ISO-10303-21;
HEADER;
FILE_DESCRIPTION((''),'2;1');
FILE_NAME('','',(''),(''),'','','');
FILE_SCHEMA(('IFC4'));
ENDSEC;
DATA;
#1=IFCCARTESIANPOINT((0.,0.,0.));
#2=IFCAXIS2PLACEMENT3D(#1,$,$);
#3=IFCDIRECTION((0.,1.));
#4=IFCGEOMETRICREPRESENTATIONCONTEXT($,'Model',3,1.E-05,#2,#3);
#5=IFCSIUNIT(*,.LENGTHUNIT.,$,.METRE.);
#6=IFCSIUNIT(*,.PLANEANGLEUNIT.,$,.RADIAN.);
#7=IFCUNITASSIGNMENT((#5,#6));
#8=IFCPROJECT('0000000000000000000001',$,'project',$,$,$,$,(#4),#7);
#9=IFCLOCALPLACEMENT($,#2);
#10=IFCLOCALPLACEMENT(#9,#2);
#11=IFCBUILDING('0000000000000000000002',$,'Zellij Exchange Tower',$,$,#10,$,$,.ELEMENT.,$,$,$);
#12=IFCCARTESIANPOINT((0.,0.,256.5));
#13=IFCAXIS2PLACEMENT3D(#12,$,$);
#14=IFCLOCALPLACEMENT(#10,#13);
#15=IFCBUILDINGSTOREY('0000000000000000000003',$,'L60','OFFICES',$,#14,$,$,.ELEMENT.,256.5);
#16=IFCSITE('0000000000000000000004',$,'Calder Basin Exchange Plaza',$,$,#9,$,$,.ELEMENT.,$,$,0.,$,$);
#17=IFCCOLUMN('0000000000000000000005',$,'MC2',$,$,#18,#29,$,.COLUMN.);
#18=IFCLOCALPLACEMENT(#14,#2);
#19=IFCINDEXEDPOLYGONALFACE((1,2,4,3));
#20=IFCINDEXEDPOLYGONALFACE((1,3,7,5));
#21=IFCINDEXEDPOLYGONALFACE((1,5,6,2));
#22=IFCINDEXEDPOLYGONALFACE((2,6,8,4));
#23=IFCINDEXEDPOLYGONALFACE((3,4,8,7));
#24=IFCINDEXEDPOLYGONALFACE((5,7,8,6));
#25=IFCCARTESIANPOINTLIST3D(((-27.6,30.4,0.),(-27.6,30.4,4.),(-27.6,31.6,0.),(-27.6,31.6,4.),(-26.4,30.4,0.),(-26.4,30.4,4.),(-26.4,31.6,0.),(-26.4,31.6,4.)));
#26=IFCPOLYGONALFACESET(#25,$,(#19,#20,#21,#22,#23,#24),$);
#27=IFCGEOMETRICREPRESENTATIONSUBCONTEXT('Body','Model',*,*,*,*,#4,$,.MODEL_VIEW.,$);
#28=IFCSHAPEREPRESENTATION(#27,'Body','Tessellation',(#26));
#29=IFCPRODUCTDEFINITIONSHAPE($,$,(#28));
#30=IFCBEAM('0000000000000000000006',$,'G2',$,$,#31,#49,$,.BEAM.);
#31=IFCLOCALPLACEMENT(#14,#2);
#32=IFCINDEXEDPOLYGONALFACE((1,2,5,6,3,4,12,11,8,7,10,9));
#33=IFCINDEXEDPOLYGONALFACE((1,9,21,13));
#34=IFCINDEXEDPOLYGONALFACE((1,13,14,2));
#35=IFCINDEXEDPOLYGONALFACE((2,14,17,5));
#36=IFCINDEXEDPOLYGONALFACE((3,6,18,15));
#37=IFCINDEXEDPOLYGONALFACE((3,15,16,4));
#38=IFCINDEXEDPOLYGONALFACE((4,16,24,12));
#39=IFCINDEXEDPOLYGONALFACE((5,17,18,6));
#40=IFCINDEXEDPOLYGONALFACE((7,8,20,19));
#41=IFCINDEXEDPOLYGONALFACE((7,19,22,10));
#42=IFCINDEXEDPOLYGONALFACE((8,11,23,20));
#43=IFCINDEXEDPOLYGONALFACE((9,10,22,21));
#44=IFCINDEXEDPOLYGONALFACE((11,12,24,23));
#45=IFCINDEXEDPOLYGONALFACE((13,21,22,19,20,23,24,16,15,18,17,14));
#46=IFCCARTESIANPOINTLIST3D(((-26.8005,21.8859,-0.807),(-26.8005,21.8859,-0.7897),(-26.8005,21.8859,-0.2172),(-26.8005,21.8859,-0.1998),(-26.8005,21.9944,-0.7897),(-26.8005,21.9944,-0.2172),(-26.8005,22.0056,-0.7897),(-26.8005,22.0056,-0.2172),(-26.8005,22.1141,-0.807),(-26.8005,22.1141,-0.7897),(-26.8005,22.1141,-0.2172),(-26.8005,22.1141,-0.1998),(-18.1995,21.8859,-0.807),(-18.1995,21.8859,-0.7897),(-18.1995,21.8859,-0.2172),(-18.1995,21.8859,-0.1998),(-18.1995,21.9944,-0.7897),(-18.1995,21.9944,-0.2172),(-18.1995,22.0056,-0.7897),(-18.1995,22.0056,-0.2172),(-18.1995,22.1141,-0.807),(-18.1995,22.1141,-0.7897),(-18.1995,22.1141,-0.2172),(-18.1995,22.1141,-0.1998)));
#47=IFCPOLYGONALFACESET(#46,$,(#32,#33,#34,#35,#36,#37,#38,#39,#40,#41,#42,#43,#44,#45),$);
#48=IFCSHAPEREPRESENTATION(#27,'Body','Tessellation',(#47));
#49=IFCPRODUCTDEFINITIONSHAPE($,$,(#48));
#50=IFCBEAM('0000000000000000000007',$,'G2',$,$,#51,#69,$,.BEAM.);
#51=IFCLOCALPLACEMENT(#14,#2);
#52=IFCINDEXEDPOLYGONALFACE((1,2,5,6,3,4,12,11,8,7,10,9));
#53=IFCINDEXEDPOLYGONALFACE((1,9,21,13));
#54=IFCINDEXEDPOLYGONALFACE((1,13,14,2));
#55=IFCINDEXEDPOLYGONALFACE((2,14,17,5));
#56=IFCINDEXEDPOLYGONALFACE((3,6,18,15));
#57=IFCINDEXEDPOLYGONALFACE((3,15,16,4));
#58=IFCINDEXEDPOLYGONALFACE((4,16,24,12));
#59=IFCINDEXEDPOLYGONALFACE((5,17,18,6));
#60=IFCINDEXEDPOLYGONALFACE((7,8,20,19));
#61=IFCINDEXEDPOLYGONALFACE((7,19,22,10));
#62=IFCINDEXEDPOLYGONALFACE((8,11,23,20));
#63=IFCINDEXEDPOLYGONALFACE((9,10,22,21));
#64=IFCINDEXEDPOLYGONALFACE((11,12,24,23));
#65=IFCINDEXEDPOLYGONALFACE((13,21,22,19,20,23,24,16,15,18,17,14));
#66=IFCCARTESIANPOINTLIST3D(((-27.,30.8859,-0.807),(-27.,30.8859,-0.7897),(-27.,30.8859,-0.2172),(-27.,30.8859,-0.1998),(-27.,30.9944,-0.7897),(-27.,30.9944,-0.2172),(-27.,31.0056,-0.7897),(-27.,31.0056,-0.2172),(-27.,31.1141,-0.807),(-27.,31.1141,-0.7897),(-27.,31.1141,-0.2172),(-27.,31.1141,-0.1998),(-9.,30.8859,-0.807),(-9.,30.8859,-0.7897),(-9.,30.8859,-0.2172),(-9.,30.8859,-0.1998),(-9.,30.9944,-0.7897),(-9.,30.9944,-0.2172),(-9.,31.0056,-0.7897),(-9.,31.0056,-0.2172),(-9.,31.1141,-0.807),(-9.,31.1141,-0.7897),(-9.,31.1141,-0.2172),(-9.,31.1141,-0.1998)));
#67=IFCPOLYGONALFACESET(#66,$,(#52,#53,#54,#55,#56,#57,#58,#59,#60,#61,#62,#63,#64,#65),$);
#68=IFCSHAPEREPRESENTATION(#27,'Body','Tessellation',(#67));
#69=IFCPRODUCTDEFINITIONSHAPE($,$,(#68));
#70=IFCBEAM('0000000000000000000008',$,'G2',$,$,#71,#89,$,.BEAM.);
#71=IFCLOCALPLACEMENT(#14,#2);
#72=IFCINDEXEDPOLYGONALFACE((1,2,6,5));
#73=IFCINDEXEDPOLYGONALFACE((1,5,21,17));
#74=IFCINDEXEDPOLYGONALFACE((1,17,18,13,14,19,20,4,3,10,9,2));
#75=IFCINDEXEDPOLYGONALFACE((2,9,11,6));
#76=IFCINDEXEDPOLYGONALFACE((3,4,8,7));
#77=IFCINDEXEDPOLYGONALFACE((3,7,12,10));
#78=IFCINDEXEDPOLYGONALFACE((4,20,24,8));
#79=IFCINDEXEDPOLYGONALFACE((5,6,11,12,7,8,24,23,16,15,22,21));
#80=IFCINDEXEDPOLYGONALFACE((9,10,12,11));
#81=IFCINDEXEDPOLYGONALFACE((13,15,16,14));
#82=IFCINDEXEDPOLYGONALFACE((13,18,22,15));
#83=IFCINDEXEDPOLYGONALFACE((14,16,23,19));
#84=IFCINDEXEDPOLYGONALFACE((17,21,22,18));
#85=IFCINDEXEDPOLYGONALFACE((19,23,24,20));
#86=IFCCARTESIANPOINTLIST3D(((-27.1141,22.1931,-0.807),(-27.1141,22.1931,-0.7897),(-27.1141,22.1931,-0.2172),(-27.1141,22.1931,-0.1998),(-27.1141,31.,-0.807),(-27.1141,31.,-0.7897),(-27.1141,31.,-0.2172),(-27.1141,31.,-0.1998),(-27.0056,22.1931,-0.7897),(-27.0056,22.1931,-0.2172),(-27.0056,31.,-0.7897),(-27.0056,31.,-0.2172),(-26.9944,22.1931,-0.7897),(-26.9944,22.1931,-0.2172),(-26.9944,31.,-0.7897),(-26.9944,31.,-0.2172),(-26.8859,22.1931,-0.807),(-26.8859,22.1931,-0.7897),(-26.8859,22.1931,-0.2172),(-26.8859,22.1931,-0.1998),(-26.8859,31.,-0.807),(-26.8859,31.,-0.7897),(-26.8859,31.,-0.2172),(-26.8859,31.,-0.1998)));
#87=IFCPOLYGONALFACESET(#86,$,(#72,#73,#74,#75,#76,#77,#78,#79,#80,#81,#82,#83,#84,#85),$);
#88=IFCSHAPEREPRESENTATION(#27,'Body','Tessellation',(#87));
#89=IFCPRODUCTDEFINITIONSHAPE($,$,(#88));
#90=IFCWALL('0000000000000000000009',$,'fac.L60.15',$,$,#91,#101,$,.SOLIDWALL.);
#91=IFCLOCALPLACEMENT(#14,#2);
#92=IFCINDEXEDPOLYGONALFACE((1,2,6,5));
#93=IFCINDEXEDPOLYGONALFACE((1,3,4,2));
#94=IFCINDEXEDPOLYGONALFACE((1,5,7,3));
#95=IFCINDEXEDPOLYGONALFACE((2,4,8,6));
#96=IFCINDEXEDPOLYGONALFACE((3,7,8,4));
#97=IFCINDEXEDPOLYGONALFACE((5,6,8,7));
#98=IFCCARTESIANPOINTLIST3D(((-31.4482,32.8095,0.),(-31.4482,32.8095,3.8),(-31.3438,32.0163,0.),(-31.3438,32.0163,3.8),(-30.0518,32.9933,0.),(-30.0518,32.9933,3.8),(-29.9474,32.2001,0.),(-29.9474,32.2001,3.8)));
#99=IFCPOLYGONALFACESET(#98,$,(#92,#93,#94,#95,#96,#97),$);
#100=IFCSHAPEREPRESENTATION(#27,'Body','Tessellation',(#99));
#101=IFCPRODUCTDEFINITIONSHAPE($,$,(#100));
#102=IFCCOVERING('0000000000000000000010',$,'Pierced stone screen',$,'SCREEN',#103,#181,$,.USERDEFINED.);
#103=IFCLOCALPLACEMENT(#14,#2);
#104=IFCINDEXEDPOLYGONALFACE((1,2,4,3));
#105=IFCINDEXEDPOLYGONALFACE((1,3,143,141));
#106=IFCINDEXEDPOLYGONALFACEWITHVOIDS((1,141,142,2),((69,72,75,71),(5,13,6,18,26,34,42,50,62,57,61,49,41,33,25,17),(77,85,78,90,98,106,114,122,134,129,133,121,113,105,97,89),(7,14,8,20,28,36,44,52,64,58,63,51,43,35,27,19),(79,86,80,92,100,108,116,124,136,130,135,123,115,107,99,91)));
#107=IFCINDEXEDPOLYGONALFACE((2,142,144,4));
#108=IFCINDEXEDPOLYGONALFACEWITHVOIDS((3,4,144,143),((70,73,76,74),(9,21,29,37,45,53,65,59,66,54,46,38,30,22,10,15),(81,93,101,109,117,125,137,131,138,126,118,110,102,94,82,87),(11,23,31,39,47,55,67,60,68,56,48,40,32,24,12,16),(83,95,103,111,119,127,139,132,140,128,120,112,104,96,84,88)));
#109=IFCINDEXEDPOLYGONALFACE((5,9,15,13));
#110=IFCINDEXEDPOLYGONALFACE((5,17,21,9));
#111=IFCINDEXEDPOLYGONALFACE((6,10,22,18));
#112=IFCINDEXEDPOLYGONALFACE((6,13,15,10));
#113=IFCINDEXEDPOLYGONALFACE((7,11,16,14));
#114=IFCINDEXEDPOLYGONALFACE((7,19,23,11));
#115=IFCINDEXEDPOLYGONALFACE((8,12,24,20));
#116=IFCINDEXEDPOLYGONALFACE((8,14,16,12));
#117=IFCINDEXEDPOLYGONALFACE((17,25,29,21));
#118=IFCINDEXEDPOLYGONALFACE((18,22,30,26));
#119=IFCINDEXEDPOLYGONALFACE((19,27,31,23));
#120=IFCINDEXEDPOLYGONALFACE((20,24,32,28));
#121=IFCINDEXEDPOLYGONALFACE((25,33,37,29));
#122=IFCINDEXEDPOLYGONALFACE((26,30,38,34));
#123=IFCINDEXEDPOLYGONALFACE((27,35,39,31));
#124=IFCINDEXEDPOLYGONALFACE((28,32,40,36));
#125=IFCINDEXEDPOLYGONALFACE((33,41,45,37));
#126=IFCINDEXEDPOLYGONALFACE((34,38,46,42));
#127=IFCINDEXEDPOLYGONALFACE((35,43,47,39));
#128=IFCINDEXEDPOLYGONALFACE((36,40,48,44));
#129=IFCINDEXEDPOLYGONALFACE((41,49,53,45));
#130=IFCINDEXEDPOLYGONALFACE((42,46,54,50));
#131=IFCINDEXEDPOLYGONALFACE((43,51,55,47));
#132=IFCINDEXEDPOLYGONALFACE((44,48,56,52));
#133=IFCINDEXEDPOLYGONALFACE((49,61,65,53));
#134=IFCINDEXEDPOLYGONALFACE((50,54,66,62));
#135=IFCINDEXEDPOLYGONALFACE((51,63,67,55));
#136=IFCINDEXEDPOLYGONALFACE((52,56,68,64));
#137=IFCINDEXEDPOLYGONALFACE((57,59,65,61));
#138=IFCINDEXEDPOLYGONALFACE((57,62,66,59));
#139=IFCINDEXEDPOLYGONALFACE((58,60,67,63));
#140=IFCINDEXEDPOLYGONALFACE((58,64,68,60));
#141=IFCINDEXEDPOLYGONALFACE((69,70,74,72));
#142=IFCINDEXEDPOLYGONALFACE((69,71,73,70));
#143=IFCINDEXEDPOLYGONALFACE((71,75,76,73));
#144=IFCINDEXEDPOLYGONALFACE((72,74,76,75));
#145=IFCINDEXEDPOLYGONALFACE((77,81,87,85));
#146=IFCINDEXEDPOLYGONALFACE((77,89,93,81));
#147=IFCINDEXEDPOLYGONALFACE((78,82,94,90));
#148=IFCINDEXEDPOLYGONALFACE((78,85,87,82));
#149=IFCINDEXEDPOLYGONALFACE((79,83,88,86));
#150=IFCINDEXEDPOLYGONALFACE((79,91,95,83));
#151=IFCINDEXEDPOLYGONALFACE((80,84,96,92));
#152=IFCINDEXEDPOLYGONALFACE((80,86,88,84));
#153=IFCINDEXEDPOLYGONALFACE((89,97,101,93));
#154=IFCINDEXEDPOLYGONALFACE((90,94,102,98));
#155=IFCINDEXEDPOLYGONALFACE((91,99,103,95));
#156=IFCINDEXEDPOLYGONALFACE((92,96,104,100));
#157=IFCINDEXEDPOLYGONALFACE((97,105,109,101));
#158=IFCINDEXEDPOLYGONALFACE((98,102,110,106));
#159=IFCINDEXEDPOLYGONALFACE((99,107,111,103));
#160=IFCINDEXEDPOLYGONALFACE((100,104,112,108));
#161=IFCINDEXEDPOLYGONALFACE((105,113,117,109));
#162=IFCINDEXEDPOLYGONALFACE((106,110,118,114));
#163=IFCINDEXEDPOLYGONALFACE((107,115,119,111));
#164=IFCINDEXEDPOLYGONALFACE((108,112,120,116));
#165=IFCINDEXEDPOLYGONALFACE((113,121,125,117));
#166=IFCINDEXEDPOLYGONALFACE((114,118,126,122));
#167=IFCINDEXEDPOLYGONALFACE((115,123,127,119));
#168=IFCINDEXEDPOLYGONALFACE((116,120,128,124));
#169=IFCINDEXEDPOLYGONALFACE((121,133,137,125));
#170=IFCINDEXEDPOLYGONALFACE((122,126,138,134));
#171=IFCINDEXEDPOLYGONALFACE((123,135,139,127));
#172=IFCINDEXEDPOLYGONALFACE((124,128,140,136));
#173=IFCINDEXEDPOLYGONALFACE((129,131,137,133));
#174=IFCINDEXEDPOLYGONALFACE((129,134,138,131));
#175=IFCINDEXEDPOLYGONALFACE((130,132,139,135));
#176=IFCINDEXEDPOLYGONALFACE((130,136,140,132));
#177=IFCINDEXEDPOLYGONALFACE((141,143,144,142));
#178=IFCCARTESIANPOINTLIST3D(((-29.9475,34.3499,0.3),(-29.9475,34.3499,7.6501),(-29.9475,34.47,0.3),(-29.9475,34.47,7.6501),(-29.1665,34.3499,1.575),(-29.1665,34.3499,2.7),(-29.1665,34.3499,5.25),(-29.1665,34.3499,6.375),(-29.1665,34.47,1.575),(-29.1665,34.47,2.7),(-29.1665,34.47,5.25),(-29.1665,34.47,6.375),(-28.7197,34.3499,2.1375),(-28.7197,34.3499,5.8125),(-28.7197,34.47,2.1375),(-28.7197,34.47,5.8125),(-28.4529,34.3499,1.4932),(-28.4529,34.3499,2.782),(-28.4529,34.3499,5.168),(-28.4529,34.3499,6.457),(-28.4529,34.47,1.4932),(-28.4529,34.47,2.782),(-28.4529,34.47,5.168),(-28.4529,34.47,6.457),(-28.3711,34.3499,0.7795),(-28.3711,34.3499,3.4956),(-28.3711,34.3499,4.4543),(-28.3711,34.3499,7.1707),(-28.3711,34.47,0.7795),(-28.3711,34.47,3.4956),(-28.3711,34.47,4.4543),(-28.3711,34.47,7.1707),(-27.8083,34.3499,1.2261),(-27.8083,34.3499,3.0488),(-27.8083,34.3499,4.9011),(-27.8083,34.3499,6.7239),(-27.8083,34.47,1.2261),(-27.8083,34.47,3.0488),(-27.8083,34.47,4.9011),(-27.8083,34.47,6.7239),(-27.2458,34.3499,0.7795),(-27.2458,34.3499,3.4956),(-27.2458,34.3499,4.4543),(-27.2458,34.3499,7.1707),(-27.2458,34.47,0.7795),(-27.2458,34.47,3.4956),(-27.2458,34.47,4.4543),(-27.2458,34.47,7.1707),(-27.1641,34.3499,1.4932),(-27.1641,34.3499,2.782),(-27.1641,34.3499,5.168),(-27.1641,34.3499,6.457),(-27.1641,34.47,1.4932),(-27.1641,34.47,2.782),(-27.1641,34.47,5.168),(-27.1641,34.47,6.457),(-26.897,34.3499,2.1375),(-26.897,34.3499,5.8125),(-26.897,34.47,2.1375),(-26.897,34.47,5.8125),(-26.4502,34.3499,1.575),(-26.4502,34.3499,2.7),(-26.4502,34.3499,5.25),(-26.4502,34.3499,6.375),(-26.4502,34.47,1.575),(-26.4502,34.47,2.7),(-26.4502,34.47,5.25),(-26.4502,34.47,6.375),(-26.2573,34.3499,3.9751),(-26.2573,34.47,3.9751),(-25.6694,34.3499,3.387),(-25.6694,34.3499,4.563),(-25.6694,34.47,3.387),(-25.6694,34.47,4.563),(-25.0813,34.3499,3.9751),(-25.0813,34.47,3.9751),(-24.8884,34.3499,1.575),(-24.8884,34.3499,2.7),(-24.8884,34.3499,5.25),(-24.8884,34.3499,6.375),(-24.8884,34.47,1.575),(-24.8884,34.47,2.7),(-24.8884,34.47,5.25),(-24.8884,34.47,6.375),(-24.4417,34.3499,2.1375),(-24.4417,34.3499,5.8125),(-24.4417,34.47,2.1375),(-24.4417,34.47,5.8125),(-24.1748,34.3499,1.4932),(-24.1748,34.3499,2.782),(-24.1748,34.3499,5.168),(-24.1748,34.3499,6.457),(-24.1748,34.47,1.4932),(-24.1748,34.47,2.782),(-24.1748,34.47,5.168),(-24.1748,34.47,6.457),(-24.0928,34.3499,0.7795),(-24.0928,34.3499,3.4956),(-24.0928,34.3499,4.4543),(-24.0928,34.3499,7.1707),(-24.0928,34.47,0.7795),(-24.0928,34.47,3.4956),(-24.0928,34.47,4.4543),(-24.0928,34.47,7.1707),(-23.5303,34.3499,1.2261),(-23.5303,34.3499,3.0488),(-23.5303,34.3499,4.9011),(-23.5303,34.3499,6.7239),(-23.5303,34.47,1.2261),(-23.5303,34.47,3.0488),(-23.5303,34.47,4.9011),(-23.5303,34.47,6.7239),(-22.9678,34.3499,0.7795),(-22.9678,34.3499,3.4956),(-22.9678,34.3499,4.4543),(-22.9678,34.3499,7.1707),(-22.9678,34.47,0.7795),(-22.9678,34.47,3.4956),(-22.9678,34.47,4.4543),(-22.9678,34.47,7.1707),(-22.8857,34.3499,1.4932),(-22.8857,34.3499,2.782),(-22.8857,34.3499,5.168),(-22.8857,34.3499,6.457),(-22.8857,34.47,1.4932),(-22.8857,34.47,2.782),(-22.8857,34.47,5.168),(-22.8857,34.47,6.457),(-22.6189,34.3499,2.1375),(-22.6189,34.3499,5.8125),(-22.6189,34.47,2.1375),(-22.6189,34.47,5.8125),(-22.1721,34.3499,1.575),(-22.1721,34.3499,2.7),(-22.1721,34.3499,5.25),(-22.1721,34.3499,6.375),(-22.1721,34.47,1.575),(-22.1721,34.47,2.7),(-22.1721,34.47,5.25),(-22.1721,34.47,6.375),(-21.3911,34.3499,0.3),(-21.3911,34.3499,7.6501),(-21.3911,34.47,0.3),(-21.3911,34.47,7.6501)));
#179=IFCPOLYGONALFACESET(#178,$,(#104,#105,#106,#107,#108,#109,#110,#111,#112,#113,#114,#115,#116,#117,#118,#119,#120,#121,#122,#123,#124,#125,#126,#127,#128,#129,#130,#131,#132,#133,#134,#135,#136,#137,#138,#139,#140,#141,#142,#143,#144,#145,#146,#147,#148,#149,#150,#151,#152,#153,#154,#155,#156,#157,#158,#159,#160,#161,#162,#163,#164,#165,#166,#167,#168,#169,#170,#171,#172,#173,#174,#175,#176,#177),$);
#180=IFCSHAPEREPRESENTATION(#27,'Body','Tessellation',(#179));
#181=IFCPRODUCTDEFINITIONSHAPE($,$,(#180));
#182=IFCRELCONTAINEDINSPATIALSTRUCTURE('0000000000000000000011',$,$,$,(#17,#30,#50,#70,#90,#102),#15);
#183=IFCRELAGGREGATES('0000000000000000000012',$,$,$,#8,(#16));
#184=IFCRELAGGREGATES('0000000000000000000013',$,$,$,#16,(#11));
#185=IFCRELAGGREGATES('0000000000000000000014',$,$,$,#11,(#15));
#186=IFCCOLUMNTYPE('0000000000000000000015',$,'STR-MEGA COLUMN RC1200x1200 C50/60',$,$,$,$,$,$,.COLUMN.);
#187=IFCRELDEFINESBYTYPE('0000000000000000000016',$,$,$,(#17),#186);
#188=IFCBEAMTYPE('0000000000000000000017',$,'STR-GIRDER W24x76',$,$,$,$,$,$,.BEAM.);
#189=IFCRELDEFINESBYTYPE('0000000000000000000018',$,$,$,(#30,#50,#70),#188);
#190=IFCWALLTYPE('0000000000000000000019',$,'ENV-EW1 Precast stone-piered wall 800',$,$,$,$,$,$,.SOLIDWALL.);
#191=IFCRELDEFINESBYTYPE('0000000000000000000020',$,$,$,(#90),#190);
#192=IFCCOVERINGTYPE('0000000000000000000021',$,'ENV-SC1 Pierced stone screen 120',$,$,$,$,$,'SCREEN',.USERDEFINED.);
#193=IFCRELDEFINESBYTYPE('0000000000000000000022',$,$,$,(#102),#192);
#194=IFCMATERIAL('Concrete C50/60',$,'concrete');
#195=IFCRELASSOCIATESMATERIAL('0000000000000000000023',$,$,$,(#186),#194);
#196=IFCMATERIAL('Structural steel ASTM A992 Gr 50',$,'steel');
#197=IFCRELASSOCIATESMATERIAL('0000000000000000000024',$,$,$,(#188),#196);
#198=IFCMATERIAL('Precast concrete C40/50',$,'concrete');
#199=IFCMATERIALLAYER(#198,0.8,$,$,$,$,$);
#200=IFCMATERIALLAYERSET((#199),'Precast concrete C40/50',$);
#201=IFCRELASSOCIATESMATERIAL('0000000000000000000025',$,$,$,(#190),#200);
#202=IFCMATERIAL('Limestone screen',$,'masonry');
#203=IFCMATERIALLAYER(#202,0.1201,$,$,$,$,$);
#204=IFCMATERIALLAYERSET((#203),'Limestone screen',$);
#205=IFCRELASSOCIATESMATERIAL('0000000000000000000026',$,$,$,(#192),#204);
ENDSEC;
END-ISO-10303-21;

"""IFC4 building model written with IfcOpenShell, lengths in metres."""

from ifc_helpers import new_model, si_unit, direction, frame, frame_2d, origin, origin_2d, place, context, subcontext, project, spatial, polyline, rectangle, i_section, outline, extrude, material, layer, layer_set, material_profile, profile_set, type_object, element, save


model = new_model("IFC4")

# Units and contexts
model_context = context("Model", 3, precision=1e-05, world=origin(), true_north=direction((0.0, 1.0)))
body_context = subcontext(model_context, "Body", "Model", "MODEL_VIEW")
ifc_project = project(units=[si_unit("LENGTHUNIT", "METRE"), si_unit("PLANEANGLEUNIT", "RADIAN")], contexts=[model_context])

# Site, building, storey
site_placement = place(None, origin())
site = spatial("IfcSite", under=ifc_project, at=site_placement, Name="Calder Basin Exchange Plaza", CompositionType="ELEMENT", RefElevation=0.0)
building_placement = place(site_placement, origin())
building = spatial("IfcBuilding", under=site, at=building_placement, Name="Zellij Exchange Tower", CompositionType="ELEMENT")
storey_placement = place(building_placement, frame((0.0, 0.0, 256.5)))
storey = spatial("IfcBuildingStorey", under=building, at=storey_placement, Name="L60", Description="OFFICES", CompositionType="ELEMENT", Elevation=256.5)

# Column
ifc_material_1 = material(Name="Concrete C50/60", Category="concrete")
ifc_material_profile_1 = material_profile(ifc_material_1, rectangle(XDim=1.2, YDim=1.2, at=origin_2d()), Name="STR-MEGA COLUMN RC1200x1200 C50/60")
ifc_profile_set_1 = profile_set([ifc_material_profile_1], Name="Concrete C50/60")
column_type = type_object("IfcColumnType", Name="STR-MEGA COLUMN RC1200x1200 C50/60", PredefinedType="COLUMN", material=ifc_profile_set_1)
column_placement = place(storey_placement, frame((-27.0, 31.0, 0.0), z_axis=(0.0, 0.0, 1.0), x_axis=(1.0, 0.0, 0.0)))
element("IfcColumn", 1, at=column_placement, inside=storey, type_object=column_type, Name="MC2", PredefinedType="COLUMN", context=body_context, shape_type="SweptSolid", body=[
    extrude(rectangle(XDim=1.2, YDim=1.2, at=origin_2d()), origin(), (0.0, 0.0, 1.0), 4.0),
])

# Beams
ifc_material_2 = material(Name="Structural steel ASTM A992 Gr 50", Category="steel")
ifc_material_profile_2 = material_profile(ifc_material_2, i_section(OverallWidth=0.2283, OverallDepth=0.6072, WebThickness=0.0112, FlangeThickness=0.0173, at=origin_2d()), Name="W24x76")
ifc_profile_set_2 = profile_set([ifc_material_profile_2], Name="Structural steel ASTM A992 Gr 50")
beam_type = type_object("IfcBeamType", Name="STR-GIRDER W24x76", PredefinedType="BEAM", material=ifc_profile_set_2)
beam_1_placement = place(storey_placement, frame((-26.8005, 22.0, -0.5034), z_axis=(1.0, 0.0, 0.0), x_axis=(0.0, 1.0, 0.0)))
element("IfcBeam", 2, at=beam_1_placement, inside=storey, type_object=beam_type, Name="G2", PredefinedType="BEAM", context=body_context, shape_type="SweptSolid", body=[
    extrude(i_section(OverallWidth=0.2283, OverallDepth=0.6072, WebThickness=0.0112, FlangeThickness=0.0173, at=origin_2d()), origin(), (0.0, 0.0, 1.0), 8.6011),
])
beam_2_placement = place(storey_placement, frame((-27.0, 31.0, -0.5034), z_axis=(1.0, 0.0, 0.0), x_axis=(0.0, 1.0, 0.0)))
element("IfcBeam", 3, at=beam_2_placement, inside=storey, type_object=beam_type, Name="G2", PredefinedType="BEAM", context=body_context, shape_type="SweptSolid", body=[
    extrude(i_section(OverallWidth=0.2283, OverallDepth=0.6072, WebThickness=0.0112, FlangeThickness=0.0173, at=origin_2d()), origin(), (0.0, 0.0, 1.0), 18.0),
])
beam_3_placement = place(storey_placement, frame((-27.0, 22.1931, -0.5034), z_axis=(0.0, 1.0, 0.0), x_axis=(-1.0, 0.0, 0.0)))
element("IfcBeam", 4, at=beam_3_placement, inside=storey, type_object=beam_type, Name="G2", PredefinedType="BEAM", context=body_context, shape_type="SweptSolid", body=[
    extrude(i_section(OverallWidth=0.2283, OverallDepth=0.6072, WebThickness=0.0112, FlangeThickness=0.0173, at=origin_2d()), origin(), (0.0, 0.0, 1.0), 8.8069),
])

# Wall
ifc_material_3 = material(Name="Precast concrete C40/50", Category="concrete")
ifc_layer_1 = layer(ifc_material_3, 0.8)
ifc_layer_set_1 = layer_set([ifc_layer_1], Name="Precast concrete C40/50")
wall_type = type_object("IfcWallType", Name="ENV-EW1 Precast stone-piered wall 800", PredefinedType="SOLIDWALL", material=ifc_layer_set_1)
wall_placement = place(storey_placement, frame((-29.9998, 32.5967, 0.0), z_axis=(0.0, 0.0, 1.0), x_axis=(-0.991446, -0.130517, 0.0)))
element("IfcWall", 5, at=wall_placement, inside=storey, type_object=wall_type, Name="fac.L60.15", PredefinedType="SOLIDWALL", context=body_context, shape_type="SweptSolid", body=[
    extrude(rectangle(XDim=1.4084, YDim=0.8, at=frame_2d((0.7041, 0.0))), origin(), (0.0, 0.0, 1.0), 3.8),
])

# Covering
ifc_material_4 = material(Name="Limestone screen", Category="masonry")
ifc_layer_2 = layer(ifc_material_4, 0.1201)
ifc_layer_set_2 = layer_set([ifc_layer_2], Name="Limestone screen")
covering_type = type_object("IfcCoveringType", Name="ENV-SC1 Pierced stone screen 120", ElementType="SCREEN", PredefinedType="USERDEFINED", material=ifc_layer_set_2)
covering_placement = place(storey_placement, frame((-21.3911, 34.4099, 0.3), z_axis=(0.0, 0.0, 1.0), x_axis=(-1.0, 0.0, 0.0)))
element("IfcCovering", 6, at=covering_placement, inside=storey, type_object=covering_type, Name="Pierced stone screen", ObjectType="SCREEN", PredefinedType="USERDEFINED", context=body_context, shape_type="SweptSolid", body=[
    extrude(outline(polyline([(0.0, 0.0), (8.5564, 0.0), (8.5564, 7.3501), (0.0, 7.3501), (0.0, 0.0)]), holes=[polyline([(3.4973, 2.3999), (2.7837, 2.4819), (2.7017, 3.1956), (2.1392, 2.7488), (1.5767, 3.1956), (1.4946, 2.4819), (0.781, 2.3999), (1.2278, 1.8374), (0.781, 1.2749), (1.4946, 1.1931), (1.5767, 0.4795), (2.1392, 0.926), (2.7017, 0.4795), (2.7837, 1.1931), (3.4973, 1.2749), (3.0505, 1.8374), (3.4973, 2.3999)]), polyline([(3.4973, 6.075), (2.7837, 6.157), (2.7017, 6.8706), (2.1392, 6.4238), (1.5767, 6.8706), (1.4946, 6.157), (0.781, 6.075), (1.2278, 5.5125), (0.781, 4.95), (1.4946, 4.8679), (1.5767, 4.1543), (2.1392, 4.6011), (2.7017, 4.1543), (2.7837, 4.8679), (3.4973, 4.95), (3.0505, 5.5125), (3.4973, 6.075)]), polyline([(7.7754, 2.3999), (7.0618, 2.4819), (6.98, 3.1956), (6.4172, 2.7488), (5.8547, 3.1956), (5.7729, 2.4819), (5.0591, 2.3999), (5.5059, 1.8374), (5.0591, 1.2749), (5.7729, 1.1931), (5.8547, 0.4795), (6.4172, 0.926), (6.98, 0.4795), (7.0618, 1.1931), (7.7754, 1.2749), (7.3286, 1.8374), (7.7754, 2.3999)]), polyline([(7.7754, 6.075), (7.0618, 6.157), (6.98, 6.8706), (6.4172, 6.4238), (5.8547, 6.8706), (5.7729, 6.157), (5.0591, 6.075), (5.5059, 5.5125), (5.0591, 4.95), (5.7729, 4.8679), (5.8547, 4.1543), (6.4172, 4.6011), (6.98, 4.1543), (7.0618, 4.8679), (7.7754, 4.95), (7.3286, 5.5125), (7.7754, 6.075)]), polyline([(4.8662, 3.675), (4.2783, 4.2629), (3.6902, 3.675), (4.2783, 3.0869), (4.8662, 3.675)])]), frame((0.0, 0.0601, 0.0), z_axis=(0.0, -1.0, 0.0), x_axis=(1.0, 0.0, 0.0)), (0.0, 0.0, 1.0), 0.1201),
])

save(model, "model.ifc")
